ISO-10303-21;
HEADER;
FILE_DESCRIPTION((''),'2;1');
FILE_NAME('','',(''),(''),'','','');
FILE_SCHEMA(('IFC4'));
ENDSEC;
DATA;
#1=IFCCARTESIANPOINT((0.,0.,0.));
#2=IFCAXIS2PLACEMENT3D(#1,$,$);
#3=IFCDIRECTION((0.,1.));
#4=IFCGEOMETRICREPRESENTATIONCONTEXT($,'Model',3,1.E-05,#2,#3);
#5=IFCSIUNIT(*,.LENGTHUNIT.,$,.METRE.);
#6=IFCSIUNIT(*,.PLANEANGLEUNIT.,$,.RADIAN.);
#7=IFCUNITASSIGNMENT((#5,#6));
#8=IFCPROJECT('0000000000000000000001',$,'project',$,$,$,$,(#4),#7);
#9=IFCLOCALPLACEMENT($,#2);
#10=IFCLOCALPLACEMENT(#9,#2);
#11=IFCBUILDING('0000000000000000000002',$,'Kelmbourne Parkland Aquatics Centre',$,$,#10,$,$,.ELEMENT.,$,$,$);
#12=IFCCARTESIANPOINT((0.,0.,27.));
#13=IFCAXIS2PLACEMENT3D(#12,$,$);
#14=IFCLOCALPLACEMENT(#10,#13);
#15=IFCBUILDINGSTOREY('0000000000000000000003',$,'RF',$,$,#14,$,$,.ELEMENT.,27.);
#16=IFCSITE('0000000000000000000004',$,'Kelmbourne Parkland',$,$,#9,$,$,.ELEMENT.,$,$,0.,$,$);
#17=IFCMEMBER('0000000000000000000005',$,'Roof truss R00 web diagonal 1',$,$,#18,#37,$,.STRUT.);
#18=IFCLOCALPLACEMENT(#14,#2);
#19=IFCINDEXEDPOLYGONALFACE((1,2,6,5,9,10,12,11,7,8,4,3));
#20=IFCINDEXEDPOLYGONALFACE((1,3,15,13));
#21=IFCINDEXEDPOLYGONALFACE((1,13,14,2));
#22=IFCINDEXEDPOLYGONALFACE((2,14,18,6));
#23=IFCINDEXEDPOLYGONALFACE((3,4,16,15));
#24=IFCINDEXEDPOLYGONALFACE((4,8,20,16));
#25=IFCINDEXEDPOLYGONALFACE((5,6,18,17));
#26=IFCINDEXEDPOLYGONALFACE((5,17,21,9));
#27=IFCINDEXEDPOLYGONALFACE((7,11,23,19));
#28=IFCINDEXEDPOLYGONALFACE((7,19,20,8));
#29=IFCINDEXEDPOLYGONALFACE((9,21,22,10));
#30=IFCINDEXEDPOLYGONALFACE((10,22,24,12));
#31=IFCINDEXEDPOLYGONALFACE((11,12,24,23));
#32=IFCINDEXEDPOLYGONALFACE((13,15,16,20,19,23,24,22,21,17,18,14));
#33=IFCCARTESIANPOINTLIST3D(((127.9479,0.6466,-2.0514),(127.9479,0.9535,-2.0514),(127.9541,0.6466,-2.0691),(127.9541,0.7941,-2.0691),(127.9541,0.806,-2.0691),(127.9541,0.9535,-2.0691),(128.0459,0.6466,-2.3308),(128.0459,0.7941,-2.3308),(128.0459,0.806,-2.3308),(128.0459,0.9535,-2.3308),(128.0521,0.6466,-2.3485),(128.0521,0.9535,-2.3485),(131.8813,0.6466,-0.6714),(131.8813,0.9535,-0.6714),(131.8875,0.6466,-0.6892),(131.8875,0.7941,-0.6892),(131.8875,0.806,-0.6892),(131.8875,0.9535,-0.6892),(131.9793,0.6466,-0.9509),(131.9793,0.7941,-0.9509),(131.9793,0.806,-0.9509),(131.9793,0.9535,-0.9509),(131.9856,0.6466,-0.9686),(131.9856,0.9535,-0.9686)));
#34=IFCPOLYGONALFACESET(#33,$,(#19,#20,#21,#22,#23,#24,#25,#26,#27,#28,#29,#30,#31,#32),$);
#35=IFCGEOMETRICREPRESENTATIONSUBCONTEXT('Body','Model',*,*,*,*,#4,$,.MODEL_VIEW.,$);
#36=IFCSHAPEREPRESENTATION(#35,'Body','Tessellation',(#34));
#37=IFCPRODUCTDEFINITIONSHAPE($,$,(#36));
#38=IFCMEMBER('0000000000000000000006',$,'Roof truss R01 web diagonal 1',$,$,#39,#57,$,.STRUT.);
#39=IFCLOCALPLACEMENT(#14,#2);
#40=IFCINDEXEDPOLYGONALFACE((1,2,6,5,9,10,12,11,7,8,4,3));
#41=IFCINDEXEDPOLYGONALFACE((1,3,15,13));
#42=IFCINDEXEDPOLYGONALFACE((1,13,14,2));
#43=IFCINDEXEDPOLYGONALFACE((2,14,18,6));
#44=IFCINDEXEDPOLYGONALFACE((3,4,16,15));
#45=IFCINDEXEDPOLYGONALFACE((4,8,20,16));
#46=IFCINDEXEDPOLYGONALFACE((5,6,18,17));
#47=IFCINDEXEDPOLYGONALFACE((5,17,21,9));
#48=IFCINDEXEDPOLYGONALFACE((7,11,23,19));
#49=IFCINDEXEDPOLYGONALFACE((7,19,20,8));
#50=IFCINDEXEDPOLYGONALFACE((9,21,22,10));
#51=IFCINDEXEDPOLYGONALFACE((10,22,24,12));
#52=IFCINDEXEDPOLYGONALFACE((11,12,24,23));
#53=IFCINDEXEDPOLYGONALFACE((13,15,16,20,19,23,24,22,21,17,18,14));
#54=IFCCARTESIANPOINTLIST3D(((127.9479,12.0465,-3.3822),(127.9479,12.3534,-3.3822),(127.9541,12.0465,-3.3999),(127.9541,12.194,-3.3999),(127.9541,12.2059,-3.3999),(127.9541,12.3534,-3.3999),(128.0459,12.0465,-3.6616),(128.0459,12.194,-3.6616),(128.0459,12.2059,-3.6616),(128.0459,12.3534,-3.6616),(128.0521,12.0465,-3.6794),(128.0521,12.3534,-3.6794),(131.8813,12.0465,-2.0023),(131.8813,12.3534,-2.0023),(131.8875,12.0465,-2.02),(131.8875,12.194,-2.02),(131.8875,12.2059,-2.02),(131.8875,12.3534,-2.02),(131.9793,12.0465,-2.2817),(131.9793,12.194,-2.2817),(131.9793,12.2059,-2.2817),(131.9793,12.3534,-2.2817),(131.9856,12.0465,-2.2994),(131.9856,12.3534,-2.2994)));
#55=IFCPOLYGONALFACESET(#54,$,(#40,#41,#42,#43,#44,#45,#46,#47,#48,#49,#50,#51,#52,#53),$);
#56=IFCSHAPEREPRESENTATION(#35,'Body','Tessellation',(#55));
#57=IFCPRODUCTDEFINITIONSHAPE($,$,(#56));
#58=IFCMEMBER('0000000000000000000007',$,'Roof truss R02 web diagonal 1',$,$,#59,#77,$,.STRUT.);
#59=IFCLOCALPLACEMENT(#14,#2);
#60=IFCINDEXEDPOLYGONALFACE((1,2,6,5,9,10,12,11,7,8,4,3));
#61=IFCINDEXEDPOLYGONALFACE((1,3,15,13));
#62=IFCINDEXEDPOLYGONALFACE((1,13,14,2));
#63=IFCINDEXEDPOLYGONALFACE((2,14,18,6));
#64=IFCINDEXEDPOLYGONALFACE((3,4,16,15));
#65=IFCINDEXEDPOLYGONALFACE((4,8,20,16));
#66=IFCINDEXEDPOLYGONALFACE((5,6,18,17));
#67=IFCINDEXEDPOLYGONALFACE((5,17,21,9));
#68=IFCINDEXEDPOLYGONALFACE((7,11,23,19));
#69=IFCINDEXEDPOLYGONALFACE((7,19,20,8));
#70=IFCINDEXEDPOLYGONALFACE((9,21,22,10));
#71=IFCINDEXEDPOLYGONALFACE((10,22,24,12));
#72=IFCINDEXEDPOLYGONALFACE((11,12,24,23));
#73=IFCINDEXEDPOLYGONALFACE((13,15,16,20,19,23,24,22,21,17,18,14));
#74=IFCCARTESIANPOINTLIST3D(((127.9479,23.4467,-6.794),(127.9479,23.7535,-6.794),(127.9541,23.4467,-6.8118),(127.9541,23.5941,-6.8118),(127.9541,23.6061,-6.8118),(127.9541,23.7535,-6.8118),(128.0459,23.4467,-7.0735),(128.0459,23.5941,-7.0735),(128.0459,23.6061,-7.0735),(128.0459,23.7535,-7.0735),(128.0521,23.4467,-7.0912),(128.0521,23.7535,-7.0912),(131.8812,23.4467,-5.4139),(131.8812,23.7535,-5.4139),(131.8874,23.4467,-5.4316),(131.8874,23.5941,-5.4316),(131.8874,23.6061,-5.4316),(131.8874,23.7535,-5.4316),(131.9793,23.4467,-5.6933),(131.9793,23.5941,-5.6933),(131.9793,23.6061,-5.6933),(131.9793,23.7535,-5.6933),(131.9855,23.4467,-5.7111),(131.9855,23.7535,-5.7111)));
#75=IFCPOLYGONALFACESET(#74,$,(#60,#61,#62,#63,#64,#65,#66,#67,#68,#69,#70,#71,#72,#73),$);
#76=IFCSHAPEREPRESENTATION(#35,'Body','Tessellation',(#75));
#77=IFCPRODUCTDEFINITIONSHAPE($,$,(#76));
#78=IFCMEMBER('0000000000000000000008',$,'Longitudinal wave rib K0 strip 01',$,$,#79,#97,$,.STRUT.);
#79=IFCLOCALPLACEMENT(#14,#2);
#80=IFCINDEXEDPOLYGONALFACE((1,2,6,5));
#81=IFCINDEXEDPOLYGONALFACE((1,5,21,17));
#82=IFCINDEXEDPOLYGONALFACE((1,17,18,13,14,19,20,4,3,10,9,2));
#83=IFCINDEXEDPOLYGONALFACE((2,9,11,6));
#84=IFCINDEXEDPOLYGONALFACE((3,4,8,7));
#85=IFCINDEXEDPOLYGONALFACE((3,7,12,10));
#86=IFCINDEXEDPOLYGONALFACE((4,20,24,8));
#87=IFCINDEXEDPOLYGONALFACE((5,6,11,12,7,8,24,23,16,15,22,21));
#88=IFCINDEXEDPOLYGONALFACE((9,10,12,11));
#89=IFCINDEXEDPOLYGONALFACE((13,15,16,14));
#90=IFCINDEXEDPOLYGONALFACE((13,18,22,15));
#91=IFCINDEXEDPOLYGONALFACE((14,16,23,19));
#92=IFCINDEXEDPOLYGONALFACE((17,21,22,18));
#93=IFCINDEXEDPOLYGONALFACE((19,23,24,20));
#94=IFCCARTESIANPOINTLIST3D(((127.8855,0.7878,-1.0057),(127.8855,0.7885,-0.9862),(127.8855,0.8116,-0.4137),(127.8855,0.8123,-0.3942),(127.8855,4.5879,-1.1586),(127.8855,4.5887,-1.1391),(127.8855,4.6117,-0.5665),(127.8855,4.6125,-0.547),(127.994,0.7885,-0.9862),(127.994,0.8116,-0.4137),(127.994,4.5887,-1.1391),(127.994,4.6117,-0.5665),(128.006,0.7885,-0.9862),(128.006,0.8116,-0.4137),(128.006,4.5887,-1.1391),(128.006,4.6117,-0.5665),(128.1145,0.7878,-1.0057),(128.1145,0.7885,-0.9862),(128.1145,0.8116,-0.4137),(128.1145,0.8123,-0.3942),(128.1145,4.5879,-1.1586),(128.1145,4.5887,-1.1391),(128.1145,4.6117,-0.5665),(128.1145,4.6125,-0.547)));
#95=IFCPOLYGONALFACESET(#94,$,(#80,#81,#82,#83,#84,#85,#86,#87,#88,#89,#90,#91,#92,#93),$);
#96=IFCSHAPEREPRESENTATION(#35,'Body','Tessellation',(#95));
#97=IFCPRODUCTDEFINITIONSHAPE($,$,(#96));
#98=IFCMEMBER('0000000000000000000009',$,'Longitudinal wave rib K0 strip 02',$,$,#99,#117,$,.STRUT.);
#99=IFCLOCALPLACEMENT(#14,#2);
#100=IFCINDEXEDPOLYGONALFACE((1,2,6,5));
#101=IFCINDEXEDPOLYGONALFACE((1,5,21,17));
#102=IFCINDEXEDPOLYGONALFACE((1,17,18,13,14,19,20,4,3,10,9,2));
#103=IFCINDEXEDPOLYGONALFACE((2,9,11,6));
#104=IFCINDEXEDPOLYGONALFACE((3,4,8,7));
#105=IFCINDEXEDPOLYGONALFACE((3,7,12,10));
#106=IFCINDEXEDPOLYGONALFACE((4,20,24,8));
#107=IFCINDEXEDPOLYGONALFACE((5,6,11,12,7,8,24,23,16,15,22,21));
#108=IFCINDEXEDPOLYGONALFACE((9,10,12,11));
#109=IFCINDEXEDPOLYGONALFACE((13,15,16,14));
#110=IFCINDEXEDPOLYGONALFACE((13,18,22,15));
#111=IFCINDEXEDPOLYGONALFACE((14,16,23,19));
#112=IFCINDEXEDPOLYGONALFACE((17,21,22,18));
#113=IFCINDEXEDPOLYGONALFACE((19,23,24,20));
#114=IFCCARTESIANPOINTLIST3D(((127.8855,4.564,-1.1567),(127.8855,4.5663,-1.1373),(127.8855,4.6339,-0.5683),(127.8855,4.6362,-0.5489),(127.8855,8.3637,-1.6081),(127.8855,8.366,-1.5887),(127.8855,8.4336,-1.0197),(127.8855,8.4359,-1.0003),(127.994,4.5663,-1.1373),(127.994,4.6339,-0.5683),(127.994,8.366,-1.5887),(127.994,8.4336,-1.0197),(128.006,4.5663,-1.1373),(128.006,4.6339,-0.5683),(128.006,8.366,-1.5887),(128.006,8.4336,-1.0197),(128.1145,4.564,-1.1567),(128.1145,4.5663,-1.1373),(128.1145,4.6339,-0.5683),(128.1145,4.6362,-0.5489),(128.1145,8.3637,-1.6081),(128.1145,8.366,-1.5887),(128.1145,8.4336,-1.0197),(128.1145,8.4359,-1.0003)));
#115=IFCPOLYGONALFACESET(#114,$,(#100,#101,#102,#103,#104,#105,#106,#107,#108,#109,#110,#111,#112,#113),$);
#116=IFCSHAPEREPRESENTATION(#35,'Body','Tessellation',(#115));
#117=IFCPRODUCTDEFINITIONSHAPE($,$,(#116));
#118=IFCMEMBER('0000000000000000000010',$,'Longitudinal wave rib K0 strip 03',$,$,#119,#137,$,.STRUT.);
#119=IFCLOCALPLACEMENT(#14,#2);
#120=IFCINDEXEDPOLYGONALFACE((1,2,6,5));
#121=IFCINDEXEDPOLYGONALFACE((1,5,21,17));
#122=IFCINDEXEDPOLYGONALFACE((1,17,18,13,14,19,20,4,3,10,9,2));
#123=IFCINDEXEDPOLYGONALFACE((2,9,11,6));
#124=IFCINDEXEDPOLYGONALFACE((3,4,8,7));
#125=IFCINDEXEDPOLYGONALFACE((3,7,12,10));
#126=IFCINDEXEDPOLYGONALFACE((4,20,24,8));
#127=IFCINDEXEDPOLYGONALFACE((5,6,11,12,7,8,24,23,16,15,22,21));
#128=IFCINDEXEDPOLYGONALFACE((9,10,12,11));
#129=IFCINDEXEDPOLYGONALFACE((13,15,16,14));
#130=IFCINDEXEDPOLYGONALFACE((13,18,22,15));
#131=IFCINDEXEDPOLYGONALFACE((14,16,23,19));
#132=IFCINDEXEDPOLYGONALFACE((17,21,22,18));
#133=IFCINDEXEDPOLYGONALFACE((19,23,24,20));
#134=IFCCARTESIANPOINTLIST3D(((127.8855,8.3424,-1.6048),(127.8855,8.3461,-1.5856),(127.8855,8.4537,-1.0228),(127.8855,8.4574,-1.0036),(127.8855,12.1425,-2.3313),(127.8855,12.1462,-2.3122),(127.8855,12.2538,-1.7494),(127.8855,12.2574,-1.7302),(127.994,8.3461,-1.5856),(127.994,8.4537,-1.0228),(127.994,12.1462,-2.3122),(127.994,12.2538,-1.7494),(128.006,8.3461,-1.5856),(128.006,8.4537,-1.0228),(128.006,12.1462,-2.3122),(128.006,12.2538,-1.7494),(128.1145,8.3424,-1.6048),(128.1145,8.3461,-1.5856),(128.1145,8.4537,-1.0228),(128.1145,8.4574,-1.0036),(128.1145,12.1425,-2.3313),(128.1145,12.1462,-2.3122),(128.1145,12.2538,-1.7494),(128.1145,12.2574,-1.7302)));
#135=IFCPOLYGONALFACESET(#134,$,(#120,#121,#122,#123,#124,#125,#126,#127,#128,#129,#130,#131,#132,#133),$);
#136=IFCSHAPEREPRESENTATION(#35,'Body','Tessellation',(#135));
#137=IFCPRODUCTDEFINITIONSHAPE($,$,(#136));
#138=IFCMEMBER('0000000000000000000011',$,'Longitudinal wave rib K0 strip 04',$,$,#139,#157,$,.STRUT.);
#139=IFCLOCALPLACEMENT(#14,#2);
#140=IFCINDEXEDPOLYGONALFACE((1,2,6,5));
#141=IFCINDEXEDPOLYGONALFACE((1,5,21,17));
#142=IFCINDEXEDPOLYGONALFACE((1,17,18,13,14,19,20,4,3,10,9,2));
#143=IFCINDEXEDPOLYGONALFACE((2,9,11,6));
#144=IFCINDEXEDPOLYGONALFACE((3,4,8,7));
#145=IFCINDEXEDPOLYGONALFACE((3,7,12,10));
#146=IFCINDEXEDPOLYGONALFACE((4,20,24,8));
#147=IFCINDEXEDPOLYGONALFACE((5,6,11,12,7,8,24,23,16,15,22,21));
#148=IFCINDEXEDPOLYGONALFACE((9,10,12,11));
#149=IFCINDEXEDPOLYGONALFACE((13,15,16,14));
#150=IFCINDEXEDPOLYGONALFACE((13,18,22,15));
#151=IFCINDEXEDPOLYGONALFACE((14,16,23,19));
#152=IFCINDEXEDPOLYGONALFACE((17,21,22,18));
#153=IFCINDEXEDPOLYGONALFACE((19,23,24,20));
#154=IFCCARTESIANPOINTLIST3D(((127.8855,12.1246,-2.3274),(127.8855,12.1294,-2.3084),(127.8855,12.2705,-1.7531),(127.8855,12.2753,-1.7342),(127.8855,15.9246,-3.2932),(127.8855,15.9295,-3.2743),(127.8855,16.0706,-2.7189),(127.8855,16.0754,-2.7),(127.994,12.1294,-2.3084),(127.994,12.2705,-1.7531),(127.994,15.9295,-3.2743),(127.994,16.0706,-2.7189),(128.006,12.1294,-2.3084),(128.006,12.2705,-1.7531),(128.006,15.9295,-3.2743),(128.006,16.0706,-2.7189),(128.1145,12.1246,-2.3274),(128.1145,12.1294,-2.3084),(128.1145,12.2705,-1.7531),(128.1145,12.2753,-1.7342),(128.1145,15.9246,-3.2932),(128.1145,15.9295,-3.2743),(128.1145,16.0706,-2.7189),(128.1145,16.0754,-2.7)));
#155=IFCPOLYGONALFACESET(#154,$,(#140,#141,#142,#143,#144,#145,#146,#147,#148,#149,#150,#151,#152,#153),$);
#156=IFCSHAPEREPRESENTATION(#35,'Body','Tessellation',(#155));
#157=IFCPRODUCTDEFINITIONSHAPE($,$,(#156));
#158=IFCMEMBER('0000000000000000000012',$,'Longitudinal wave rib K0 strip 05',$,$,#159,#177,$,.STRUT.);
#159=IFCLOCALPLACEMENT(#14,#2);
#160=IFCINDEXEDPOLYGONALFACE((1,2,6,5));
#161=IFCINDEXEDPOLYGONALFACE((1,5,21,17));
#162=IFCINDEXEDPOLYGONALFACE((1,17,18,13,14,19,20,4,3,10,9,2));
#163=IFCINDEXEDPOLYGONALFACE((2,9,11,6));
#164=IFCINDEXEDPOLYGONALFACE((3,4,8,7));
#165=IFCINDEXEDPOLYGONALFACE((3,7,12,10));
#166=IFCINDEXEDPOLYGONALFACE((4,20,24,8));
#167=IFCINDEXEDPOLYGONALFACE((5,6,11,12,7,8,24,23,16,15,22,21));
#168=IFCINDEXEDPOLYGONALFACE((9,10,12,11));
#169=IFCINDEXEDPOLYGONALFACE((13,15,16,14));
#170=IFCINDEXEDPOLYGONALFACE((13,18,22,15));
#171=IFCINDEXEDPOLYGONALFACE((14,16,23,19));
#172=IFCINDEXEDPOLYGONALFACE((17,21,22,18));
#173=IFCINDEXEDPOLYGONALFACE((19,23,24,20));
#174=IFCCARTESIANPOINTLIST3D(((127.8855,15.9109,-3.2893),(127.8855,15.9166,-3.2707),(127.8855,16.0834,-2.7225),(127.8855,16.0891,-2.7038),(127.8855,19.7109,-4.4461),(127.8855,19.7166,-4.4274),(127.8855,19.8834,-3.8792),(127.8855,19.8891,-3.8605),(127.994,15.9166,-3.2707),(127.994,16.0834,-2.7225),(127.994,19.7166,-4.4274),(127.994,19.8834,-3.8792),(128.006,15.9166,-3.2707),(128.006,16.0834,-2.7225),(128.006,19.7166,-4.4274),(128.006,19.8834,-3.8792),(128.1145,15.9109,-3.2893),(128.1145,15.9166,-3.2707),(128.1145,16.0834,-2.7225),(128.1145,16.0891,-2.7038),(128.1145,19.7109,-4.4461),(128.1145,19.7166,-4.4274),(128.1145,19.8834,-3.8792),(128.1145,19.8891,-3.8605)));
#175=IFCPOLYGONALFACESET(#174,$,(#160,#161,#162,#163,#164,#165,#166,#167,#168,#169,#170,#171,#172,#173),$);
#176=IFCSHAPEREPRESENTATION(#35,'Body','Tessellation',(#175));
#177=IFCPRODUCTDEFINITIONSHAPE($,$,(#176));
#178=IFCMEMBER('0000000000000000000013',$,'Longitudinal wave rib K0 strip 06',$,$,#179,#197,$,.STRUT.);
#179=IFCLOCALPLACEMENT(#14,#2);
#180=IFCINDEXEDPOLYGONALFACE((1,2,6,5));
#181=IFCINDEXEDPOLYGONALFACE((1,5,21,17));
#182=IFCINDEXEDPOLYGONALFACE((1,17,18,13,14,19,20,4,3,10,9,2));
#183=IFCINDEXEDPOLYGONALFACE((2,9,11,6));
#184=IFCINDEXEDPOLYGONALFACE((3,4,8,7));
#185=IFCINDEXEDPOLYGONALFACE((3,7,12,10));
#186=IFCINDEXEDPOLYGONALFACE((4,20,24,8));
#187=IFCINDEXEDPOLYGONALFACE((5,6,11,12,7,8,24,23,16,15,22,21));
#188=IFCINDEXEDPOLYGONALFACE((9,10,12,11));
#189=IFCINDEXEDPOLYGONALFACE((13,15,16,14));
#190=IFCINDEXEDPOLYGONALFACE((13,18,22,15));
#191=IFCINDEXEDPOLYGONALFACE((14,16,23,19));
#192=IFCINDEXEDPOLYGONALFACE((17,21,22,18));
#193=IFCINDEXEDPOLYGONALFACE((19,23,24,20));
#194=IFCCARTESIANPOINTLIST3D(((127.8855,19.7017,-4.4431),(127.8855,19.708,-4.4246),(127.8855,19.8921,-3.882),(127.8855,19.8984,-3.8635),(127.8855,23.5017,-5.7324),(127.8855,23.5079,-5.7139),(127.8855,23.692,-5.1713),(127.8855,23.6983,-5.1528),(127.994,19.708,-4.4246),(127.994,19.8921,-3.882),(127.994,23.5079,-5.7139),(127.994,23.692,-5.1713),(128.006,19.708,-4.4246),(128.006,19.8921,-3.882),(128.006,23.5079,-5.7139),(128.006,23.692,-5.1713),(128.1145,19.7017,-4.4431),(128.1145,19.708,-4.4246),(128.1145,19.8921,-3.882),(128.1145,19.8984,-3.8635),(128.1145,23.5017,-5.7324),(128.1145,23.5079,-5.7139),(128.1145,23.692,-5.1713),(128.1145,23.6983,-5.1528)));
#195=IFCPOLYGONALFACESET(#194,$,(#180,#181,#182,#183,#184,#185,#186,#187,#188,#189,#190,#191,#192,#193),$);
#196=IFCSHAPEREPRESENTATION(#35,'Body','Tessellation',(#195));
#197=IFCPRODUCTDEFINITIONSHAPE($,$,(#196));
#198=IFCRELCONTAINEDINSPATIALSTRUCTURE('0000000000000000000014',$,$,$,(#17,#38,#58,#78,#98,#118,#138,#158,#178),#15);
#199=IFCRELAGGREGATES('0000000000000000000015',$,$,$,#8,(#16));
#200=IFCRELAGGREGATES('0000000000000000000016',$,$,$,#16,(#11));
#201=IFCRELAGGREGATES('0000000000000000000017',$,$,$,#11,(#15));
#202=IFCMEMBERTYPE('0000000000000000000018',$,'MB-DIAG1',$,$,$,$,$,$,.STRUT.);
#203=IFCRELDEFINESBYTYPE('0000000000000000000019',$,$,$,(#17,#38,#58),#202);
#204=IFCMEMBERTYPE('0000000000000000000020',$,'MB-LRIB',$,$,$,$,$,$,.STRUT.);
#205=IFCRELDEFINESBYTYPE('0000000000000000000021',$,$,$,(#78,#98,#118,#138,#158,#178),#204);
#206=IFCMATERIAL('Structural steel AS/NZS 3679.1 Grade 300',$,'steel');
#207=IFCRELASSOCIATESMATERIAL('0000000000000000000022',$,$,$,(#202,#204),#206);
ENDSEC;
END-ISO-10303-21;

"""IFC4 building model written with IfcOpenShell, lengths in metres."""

from ifc_helpers import new_model, si_unit, direction, frame, origin, origin_2d, place, context, subcontext, project, spatial, i_section, extrude, material, material_profile, profile_set, type_object, element, save


model = new_model("IFC4")

# Units and contexts
model_context = context("Model", 3, precision=1e-05, world=origin(), true_north=direction((0.0, 1.0)))
body_context = subcontext(model_context, "Body", "Model", "MODEL_VIEW")
ifc_project = project(units=[si_unit("LENGTHUNIT", "METRE"), si_unit("PLANEANGLEUNIT", "RADIAN")], contexts=[model_context])

# Site, building, storey
site_placement = place(None, origin())
site = spatial("IfcSite", under=ifc_project, at=site_placement, Name="Kelmbourne Parkland", CompositionType="ELEMENT", RefElevation=0.0)
building_placement = place(site_placement, origin())
building = spatial("IfcBuilding", under=site, at=building_placement, Name="Kelmbourne Parkland Aquatics Centre", CompositionType="ELEMENT")
storey_placement = place(building_placement, frame((0.0, 0.0, 27.0)))
storey = spatial("IfcBuildingStorey", under=building, at=storey_placement, Name="RF", CompositionType="ELEMENT", Elevation=27.0)

# Members
ifc_material_1 = material(Name="Structural steel AS/NZS 3679.1 Grade 300", Category="steel")
ifc_material_profile_1 = material_profile(ifc_material_1, i_section(OverallWidth=0.3069, OverallDepth=0.3149, WebThickness=0.012, FlangeThickness=0.0188, at=origin_2d()), Name="310UC118")
ifc_profile_set_1 = profile_set([ifc_material_profile_1], Name="Structural steel AS/NZS 3679.1 Grade 300")
member_type_1 = type_object("IfcMemberType", Name="MB-DIAG1", PredefinedType="STRUT", material=ifc_profile_set_1)
for number, where, z_axis, x_axis, name in (
    (1, (128.0, 0.8, -2.2), (0.943618, 0.0, 0.331036), (0.0, 1.0, 0.0), "Roof truss R00 web diagonal 1"),
    (2, (128.0, 12.2, -3.5308), (0.943618, 0.0, 0.331036), (0.0, 1.0, 0.0), "Roof truss R01 web diagonal 1"),
    (3, (128.0, 23.6001, -6.9426), (0.9436, 0.0, 0.331089), (0.0, 1.0, 0.0), "Roof truss R02 web diagonal 1"),
):
    element("IfcMember", number, at=place(storey_placement, frame(where, z_axis=z_axis, x_axis=x_axis)), inside=storey, type_object=member_type_1, Name=name, PredefinedType="STRUT", context=body_context, shape_type="SweptSolid", body=[
        extrude(i_section(OverallWidth=0.3069, OverallDepth=0.3149, WebThickness=0.012, FlangeThickness=0.0188, at=origin_2d()), origin(), (0.0, 0.0, 1.0), 4.1685),
    ])
ifc_material_profile_2 = material_profile(ifc_material_1, i_section(OverallWidth=0.229, OverallDepth=0.6121, WebThickness=0.012, FlangeThickness=0.0195, at=origin_2d()), Name="610UB125")
ifc_profile_set_2 = profile_set([ifc_material_profile_2], Name="Structural steel AS/NZS 3679.1 Grade 300")
member_type_2 = type_object("IfcMemberType", Name="MB-LRIB", PredefinedType="STRUT", material=ifc_profile_set_2)
member_1_placement = place(storey_placement, frame((128.0, 0.8, -0.7), z_axis=(0.0, 0.999192, -0.040186), x_axis=(-1.0, 0.0, 0.0)))
element("IfcMember", 4, at=member_1_placement, inside=storey, type_object=member_type_2, Name="Longitudinal wave rib K0 strip 01", PredefinedType="STRUT", context=body_context, shape_type="SweptSolid", body=[
    extrude(i_section(OverallWidth=0.229, OverallDepth=0.6121, WebThickness=0.012, FlangeThickness=0.0195, at=origin_2d()), origin(), (0.0, 0.0, 1.0), 3.8032),
])
member_2_placement = place(storey_placement, frame((128.0, 4.6001, -0.8528), z_axis=(0.0, 0.993017, -0.11797), x_axis=(-1.0, 0.0, 0.0)))
element("IfcMember", 5, at=member_2_placement, inside=storey, type_object=member_type_2, Name="Longitudinal wave rib K0 strip 02", PredefinedType="STRUT", context=body_context, shape_type="SweptSolid", body=[
    extrude(i_section(OverallWidth=0.229, OverallDepth=0.6121, WebThickness=0.012, FlangeThickness=0.0195, at=origin_2d()), origin(), (0.0, 0.0, 1.0), 3.8264),
])
member_3_placement = place(storey_placement, frame((128.0, 8.3999, -1.3042), z_axis=(0.0, 0.982208, -0.187796), x_axis=(-1.0, 0.0, 0.0)))
element("IfcMember", 6, at=member_3_placement, inside=storey, type_object=member_type_2, Name="Longitudinal wave rib K0 strip 03", PredefinedType="STRUT", context=body_context, shape_type="SweptSolid", body=[
    extrude(i_section(OverallWidth=0.229, OverallDepth=0.6121, WebThickness=0.012, FlangeThickness=0.0195, at=origin_2d()), origin(), (0.0, 0.0, 1.0), 3.8689),
])
member_4_placement = place(storey_placement, frame((128.0, 12.2, -2.0308), z_axis=(0.0, 0.969186, -0.246328), x_axis=(-1.0, 0.0, 0.0)))
element("IfcMember", 7, at=member_4_placement, inside=storey, type_object=member_type_2, Name="Longitudinal wave rib K0 strip 04", PredefinedType="STRUT", context=body_context, shape_type="SweptSolid", body=[
    extrude(i_section(OverallWidth=0.229, OverallDepth=0.6121, WebThickness=0.012, FlangeThickness=0.0195, at=origin_2d()), origin(), (0.0, 0.0, 1.0), 3.9209),
])
member_5_placement = place(storey_placement, frame((128.0, 16.0, -2.9966), z_axis=(0.0, 0.95666, -0.291208), x_axis=(-1.0, 0.0, 0.0)))
element("IfcMember", 8, at=member_5_placement, inside=storey, type_object=member_type_2, Name="Longitudinal wave rib K0 strip 05", PredefinedType="STRUT", context=body_context, shape_type="SweptSolid", body=[
    extrude(i_section(OverallWidth=0.229, OverallDepth=0.6121, WebThickness=0.012, FlangeThickness=0.0195, at=origin_2d()), origin(), (0.0, 0.0, 1.0), 3.9722),
])
member_6_placement = place(storey_placement, frame((128.0, 19.8, -4.1533), z_axis=(0.0, 0.946978, -0.321297), x_axis=(-1.0, 0.0, 0.0)))
element("IfcMember", 9, at=member_6_placement, inside=storey, type_object=member_type_2, Name="Longitudinal wave rib K0 strip 06", PredefinedType="STRUT", context=body_context, shape_type="SweptSolid", body=[
    extrude(i_section(OverallWidth=0.229, OverallDepth=0.6121, WebThickness=0.012, FlangeThickness=0.0195, at=origin_2d()), origin(), (0.0, 0.0, 1.0), 4.0127),
])

save(model, "model.ifc")
